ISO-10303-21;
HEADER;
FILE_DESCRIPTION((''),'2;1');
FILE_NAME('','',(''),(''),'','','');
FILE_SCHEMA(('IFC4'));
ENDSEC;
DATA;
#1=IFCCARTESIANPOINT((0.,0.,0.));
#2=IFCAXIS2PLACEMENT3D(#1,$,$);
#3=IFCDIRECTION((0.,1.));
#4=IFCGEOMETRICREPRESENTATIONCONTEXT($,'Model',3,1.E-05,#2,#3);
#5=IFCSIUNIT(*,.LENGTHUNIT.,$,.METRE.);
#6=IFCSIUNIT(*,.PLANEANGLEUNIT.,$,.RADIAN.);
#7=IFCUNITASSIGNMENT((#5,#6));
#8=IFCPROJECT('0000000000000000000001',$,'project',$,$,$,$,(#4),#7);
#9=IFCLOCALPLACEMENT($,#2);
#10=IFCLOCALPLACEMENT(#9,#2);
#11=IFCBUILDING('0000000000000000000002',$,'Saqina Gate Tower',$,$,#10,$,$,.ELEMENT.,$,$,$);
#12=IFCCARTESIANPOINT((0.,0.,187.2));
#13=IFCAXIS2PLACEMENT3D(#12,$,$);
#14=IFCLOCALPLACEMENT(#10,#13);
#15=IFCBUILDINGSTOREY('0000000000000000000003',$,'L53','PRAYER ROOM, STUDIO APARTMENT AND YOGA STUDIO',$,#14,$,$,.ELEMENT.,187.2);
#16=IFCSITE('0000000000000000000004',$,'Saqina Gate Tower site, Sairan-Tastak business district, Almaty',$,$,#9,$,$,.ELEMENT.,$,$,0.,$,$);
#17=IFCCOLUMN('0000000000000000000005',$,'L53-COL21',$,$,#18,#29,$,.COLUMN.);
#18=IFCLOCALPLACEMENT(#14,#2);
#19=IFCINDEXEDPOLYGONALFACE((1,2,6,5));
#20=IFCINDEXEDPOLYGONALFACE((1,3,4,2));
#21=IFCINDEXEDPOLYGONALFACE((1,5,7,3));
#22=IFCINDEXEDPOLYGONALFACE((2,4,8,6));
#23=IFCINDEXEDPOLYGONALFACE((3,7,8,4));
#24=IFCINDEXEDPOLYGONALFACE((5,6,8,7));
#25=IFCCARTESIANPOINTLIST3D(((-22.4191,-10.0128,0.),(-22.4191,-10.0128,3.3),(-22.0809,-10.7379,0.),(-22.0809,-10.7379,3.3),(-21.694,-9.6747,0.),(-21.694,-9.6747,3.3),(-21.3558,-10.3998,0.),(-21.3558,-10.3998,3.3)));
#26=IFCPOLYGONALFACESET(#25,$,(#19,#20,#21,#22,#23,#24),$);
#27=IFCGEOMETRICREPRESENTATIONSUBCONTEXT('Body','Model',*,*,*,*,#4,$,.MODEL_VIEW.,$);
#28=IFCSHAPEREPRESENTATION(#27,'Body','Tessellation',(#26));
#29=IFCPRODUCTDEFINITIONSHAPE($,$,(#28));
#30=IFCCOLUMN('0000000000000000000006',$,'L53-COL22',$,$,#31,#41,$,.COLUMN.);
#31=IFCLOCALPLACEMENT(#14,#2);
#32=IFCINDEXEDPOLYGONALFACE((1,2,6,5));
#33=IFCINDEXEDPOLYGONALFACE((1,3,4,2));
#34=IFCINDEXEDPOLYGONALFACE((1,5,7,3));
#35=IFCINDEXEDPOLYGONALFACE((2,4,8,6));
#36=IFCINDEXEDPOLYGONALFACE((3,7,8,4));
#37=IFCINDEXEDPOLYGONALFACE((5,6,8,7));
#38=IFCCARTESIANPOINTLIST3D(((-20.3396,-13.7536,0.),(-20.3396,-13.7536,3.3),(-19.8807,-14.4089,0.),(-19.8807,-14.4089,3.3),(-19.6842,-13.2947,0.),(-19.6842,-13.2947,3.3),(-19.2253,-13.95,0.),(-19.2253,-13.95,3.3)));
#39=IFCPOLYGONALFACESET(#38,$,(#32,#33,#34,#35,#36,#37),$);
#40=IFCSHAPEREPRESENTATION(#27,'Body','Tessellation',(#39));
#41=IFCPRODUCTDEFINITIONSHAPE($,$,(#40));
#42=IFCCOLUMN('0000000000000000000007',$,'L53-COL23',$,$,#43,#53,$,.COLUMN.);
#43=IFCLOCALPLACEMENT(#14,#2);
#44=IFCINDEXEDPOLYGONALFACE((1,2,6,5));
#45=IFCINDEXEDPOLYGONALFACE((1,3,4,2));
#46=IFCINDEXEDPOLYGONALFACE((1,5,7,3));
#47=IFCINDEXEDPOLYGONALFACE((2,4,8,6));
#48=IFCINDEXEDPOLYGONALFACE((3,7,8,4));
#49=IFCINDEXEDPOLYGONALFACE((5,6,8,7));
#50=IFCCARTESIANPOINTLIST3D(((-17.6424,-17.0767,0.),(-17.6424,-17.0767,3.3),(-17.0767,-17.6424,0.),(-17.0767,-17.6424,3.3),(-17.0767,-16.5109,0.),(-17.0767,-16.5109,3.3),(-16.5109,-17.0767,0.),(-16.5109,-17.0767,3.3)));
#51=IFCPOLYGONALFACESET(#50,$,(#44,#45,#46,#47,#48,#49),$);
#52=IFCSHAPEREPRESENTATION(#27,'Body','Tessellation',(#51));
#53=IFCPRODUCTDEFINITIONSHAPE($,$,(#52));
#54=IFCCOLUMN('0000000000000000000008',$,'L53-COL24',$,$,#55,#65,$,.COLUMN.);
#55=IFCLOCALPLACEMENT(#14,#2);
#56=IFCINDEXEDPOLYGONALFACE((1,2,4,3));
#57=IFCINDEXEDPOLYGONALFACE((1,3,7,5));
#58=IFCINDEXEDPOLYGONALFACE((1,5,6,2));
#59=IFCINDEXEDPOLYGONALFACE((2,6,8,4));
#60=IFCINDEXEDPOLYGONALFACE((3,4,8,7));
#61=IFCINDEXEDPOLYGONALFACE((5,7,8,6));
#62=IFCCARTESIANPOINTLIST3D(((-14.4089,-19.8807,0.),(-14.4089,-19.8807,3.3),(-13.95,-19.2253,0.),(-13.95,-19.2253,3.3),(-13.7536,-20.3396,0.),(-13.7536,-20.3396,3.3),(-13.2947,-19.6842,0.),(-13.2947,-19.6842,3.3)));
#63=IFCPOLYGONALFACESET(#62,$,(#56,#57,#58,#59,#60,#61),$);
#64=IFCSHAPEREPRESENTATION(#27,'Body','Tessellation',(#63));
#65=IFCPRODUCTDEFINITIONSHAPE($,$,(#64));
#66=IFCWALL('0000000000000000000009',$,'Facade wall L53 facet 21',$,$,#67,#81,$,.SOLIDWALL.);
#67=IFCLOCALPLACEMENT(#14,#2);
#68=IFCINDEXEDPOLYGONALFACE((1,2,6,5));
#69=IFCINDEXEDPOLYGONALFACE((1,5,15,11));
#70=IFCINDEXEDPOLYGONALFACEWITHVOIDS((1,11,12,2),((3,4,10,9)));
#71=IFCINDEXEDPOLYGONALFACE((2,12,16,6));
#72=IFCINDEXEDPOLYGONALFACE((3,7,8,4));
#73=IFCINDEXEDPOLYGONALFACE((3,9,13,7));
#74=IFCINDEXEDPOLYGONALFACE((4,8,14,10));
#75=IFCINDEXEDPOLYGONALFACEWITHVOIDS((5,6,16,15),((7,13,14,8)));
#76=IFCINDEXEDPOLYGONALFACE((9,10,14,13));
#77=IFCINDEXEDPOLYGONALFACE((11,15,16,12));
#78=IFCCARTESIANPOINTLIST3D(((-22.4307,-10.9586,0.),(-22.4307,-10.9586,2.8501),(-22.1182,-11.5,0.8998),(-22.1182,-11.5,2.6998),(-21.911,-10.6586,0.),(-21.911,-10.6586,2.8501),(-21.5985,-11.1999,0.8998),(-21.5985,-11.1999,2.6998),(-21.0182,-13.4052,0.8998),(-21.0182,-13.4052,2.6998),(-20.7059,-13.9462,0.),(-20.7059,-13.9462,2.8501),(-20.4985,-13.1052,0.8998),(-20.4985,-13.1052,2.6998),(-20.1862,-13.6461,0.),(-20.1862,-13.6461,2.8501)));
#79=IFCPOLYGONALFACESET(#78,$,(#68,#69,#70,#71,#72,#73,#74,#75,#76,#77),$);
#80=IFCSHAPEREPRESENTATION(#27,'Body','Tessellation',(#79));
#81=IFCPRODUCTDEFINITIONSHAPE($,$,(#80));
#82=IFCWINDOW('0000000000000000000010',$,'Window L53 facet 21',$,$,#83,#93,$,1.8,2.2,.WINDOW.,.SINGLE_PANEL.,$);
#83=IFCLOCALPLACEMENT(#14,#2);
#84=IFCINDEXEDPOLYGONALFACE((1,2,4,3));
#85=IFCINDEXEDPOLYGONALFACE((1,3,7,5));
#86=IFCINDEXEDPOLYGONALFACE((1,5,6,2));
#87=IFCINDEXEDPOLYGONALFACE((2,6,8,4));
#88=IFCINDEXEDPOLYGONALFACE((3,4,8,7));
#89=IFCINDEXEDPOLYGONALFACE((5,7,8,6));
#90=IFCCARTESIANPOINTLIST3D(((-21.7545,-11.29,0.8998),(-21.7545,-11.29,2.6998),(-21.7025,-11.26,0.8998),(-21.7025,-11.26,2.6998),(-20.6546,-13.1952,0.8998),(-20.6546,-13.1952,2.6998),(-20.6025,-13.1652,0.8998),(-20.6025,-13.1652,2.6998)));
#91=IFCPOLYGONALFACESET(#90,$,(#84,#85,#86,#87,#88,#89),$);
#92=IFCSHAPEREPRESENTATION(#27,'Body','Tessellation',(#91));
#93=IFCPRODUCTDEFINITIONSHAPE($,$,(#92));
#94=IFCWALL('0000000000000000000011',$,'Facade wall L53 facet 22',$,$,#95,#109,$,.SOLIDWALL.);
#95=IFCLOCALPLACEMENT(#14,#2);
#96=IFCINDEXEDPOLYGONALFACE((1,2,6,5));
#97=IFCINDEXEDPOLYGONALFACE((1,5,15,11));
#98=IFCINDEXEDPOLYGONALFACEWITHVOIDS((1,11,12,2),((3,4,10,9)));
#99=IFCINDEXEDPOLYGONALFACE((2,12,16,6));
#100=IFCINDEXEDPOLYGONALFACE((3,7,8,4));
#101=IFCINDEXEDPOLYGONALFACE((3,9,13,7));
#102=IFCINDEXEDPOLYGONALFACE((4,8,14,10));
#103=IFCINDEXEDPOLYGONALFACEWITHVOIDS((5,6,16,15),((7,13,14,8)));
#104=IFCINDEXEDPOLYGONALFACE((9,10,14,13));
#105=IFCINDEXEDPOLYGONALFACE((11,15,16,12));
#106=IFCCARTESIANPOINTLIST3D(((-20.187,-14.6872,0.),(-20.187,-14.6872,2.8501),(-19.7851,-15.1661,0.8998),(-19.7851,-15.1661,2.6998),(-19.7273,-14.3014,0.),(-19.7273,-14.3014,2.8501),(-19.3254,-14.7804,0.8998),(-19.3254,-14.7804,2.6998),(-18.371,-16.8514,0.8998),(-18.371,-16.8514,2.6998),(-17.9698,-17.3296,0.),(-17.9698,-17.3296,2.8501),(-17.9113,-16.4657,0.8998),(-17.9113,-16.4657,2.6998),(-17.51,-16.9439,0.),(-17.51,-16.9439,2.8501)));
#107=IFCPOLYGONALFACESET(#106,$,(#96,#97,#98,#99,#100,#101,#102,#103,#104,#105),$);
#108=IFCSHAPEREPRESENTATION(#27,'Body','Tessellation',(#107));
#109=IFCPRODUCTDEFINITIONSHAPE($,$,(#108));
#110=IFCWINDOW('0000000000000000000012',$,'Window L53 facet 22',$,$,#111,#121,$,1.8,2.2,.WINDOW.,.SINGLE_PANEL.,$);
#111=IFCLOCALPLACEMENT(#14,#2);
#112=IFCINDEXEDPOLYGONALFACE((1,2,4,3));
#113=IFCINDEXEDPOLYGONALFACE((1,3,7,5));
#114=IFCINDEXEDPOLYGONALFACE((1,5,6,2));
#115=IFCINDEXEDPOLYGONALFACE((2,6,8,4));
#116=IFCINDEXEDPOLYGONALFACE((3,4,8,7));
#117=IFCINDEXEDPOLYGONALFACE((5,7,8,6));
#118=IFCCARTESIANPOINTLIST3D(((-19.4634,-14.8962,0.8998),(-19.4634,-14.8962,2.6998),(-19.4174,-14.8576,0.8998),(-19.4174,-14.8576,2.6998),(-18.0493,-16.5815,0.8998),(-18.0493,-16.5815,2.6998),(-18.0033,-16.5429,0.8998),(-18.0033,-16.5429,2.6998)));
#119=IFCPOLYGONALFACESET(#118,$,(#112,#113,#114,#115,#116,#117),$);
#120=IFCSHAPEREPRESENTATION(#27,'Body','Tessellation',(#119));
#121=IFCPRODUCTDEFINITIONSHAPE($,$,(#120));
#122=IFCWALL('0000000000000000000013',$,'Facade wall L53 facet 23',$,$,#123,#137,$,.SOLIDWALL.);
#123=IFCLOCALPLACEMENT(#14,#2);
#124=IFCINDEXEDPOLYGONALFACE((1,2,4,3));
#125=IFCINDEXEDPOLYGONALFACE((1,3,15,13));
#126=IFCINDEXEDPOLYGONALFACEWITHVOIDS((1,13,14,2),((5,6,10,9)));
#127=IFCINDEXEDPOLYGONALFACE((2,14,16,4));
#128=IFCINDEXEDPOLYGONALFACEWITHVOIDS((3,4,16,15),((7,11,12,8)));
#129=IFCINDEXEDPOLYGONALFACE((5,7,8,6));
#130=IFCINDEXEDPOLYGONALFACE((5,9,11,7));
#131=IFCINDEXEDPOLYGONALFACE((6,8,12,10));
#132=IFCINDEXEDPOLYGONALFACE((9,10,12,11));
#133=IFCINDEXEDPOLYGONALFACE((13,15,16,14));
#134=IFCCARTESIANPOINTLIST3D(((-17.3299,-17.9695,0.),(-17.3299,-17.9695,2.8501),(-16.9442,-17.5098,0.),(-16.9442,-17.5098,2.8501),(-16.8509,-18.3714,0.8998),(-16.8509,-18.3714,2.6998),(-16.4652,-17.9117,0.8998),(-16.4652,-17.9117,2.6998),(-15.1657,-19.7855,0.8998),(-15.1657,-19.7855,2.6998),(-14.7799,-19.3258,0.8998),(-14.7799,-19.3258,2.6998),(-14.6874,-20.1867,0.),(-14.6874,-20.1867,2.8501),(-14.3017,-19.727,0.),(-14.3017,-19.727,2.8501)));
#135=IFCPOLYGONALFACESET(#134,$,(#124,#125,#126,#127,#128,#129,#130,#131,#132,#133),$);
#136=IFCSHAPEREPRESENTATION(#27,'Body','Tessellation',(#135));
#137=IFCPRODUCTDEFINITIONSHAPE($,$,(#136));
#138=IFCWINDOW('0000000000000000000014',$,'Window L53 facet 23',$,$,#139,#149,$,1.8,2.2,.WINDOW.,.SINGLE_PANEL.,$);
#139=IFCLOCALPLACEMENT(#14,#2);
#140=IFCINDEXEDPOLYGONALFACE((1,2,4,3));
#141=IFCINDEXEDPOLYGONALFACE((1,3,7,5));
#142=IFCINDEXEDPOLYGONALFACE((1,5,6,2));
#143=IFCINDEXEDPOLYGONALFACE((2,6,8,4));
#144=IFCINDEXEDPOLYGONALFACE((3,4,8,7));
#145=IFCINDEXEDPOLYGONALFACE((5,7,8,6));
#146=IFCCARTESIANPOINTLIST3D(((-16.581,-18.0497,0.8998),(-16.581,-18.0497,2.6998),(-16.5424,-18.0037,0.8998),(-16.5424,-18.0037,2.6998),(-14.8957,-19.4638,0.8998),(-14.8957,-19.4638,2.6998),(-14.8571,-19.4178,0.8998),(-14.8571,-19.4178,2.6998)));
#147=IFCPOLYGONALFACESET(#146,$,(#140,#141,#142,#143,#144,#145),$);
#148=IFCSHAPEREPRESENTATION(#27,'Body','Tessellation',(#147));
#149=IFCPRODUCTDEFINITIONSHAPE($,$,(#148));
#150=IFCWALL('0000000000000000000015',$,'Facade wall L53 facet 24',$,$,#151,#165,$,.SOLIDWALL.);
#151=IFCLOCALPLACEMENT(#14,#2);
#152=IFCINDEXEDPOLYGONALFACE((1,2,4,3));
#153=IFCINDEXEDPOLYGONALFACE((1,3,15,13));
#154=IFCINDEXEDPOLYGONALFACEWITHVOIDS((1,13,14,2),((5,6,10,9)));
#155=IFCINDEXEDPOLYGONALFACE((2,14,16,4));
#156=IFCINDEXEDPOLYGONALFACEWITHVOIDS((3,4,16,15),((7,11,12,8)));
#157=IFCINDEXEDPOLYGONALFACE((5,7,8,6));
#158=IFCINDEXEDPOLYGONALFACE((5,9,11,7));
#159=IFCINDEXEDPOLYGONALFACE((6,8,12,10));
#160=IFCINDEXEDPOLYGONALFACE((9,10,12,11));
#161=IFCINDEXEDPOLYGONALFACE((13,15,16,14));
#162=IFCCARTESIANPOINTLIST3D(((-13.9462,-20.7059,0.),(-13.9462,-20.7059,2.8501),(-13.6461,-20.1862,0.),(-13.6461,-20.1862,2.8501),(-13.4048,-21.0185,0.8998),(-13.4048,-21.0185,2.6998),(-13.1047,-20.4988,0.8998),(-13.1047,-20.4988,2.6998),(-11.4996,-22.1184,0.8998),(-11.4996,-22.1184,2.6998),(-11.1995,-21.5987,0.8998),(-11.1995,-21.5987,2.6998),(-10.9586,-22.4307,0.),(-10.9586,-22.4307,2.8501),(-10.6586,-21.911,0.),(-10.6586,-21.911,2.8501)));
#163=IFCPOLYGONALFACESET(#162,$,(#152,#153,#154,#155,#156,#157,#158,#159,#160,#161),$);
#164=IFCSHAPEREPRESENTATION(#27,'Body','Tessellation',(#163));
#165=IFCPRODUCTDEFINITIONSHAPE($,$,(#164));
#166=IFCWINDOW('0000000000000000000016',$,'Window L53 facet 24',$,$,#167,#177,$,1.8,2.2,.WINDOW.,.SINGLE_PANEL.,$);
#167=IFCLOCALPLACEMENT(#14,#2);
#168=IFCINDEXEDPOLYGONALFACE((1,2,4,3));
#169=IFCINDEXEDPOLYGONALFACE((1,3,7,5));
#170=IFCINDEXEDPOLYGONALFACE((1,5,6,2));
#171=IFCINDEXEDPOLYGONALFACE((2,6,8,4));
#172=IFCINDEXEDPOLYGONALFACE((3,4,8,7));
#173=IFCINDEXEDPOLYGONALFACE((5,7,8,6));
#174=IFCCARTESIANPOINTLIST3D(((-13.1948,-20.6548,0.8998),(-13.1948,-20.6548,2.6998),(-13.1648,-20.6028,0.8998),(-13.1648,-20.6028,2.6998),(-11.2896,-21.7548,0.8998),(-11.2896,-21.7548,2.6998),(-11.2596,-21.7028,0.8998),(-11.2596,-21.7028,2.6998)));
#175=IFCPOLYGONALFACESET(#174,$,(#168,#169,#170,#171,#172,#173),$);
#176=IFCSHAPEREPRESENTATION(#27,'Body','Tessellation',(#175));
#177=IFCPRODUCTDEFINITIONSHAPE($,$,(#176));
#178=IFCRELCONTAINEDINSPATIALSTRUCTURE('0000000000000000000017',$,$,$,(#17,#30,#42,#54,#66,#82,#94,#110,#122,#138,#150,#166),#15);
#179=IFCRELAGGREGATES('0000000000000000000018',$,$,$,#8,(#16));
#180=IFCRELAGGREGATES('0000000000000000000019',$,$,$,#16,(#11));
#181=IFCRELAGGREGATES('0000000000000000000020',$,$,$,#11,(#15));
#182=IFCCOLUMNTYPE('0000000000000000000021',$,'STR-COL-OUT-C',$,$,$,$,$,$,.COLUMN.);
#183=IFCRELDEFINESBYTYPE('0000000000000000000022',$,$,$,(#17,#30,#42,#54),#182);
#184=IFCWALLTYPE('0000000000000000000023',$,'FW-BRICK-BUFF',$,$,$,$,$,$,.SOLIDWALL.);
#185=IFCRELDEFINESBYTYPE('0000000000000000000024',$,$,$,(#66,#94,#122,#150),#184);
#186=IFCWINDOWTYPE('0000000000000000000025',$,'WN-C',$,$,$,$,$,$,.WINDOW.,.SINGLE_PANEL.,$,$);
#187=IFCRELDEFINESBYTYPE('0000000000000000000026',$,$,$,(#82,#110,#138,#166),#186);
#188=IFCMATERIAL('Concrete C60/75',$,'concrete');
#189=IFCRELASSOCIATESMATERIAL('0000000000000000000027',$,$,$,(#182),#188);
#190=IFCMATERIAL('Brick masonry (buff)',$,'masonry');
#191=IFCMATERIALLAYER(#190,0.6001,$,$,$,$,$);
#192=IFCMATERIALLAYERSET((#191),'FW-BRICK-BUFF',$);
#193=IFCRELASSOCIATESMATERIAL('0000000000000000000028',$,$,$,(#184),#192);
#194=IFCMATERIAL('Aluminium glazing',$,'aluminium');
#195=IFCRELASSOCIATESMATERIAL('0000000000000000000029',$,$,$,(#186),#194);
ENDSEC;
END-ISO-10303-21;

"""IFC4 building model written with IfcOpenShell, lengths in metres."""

from ifc_helpers import new_model, si_unit, direction, frame, frame_2d, origin, origin_2d, place, context, subcontext, project, spatial, rectangle, extrude, material, layer, layer_set, material_profile, profile_set, type_object, element, fill, save


model = new_model("IFC4")

# Units and contexts
model_context = context("Model", 3, precision=1e-05, world=origin(), true_north=direction((0.0, 1.0)))
body_context = subcontext(model_context, "Body", "Model", "MODEL_VIEW")
ifc_project = project(units=[si_unit("LENGTHUNIT", "METRE"), si_unit("PLANEANGLEUNIT", "RADIAN")], contexts=[model_context])

# Site, building, storey
site_placement = place(None, origin())
site = spatial("IfcSite", under=ifc_project, at=site_placement, Name="Saqina Gate Tower site, Sairan-Tastak business district, Almaty", CompositionType="ELEMENT", RefElevation=0.0)
building_placement = place(site_placement, origin())
building = spatial("IfcBuilding", under=site, at=building_placement, Name="Saqina Gate Tower", CompositionType="ELEMENT")
storey_placement = place(building_placement, frame((0.0, 0.0, 187.2)))
storey = spatial("IfcBuildingStorey", under=building, at=storey_placement, Name="L53", Description="PRAYER ROOM, STUDIO APARTMENT AND YOGA STUDIO", CompositionType="ELEMENT", Elevation=187.2)

# Columns
ifc_material_1 = material(Name="Concrete C60/75", Category="concrete")
ifc_material_profile = material_profile(ifc_material_1, rectangle(XDim=0.8, YDim=0.8, at=origin_2d()), Name="RC 800x800")
ifc_profile_set = profile_set([ifc_material_profile], Name="Concrete C60/75")
column_type = type_object("IfcColumnType", Name="STR-COL-OUT-C", PredefinedType="COLUMN", material=ifc_profile_set)
for number, where, z_axis, x_axis, name in (
    (1, (-21.8875, -10.2063, 0.0), (0.0, 0.0, 1.0), (-0.906308, -0.422618, 0.0), "L53-COL21"),
    (2, (-19.7825, -13.8518, 0.0), (0.0, 0.0, 1.0), (-0.819152, -0.573576, 0.0), "L53-COL22"),
    (3, (-17.0767, -17.0767, 0.0), (0.0, 0.0, 1.0), (-0.707107, -0.707107, 0.0), "L53-COL23"),
    (4, (-13.8518, -19.7825, 0.0), (0.0, 0.0, 1.0), (-0.573576, -0.819152, 0.0), "L53-COL24"),
):
    element("IfcColumn", number, at=place(storey_placement, frame(where, z_axis=z_axis, x_axis=x_axis)), inside=storey, type_object=column_type, Name=name, PredefinedType="COLUMN", context=body_context, shape_type="SweptSolid", body=[
        extrude(rectangle(XDim=0.8, YDim=0.8, at=origin_2d()), origin(), (0.0, 0.0, 1.0), 3.3),
    ])

# Walls, openings, windows
ifc_material_2 = material(Name="Brick masonry (buff)", Category="masonry")
ifc_layer_1 = layer(ifc_material_2, 0.6001)
ifc_layer_set_1 = layer_set([ifc_layer_1], Name="FW-BRICK-BUFF")
wall_type_1 = type_object("IfcWallType", Name="FW-BRICK-BUFF", PredefinedType="SOLIDWALL", material=ifc_layer_set_1)
wall_1_placement = place(storey_placement, frame((-22.1709, -10.8086, 0.0), z_axis=(0.0, 0.0, 1.0), x_axis=(0.499998, -0.866026, 0.0)))
wall_1 = element("IfcWall", 5, at=wall_1_placement, inside=storey, type_object=wall_type_1, Name="Facade wall L53 facet 21", PredefinedType="SOLIDWALL", context=body_context, shape_type="SweptSolid", body=[
    extrude(rectangle(XDim=3.4497, YDim=0.6001, at=frame_2d((1.7249, 0.0))), origin(), (0.0, 0.0, 1.0), 2.8501),
])
opening_1_placement = place(wall_1_placement, frame((0.625, 0.0, 0.8999)))
opening_1 = element("IfcOpeningElement", 6, at=opening_1_placement, cuts=wall_1, PredefinedType="OPENING", context=body_context, shape_type="SweptSolid", body=[
    extrude(rectangle(XDim=2.2, YDim=1.8, at=frame_2d((1.1001, 0.8999))), frame((0.0, 0.312, 0.0), z_axis=(0.0, -1.0, 0.0), x_axis=(1.0, 0.0, 0.0)), (0.0, 0.0, 1.0), 0.624),
])
ifc_material_3 = material(Name="Aluminium glazing", Category="aluminium")
window_type = type_object("IfcWindowType", Name="WN-C", PartitioningType="SINGLE_PANEL", PredefinedType="WINDOW", material=ifc_material_3)
window_1_placement = place(opening_1_placement, origin())
window_1 = element("IfcWindow", 7, at=window_1_placement, inside=storey, type_object=window_type, Name="Window L53 facet 21", OverallHeight=1.8, OverallWidth=2.2, PartitioningType="SINGLE_PANEL", PredefinedType="WINDOW", context=body_context, shape_type="SweptSolid", body=[
    extrude(rectangle(XDim=2.2, YDim=1.8, at=frame_2d((1.1001, 0.8999))), frame((0.0, 0.1799, 0.0), z_axis=(0.0, -1.0, 0.0), x_axis=(1.0, 0.0, 0.0)), (0.0, 0.0, 1.0), 0.0601),
])
fill(opening_1, window_1)
wall_2_placement = place(storey_placement, frame((-19.957, -14.4944, 0.0), z_axis=(0.0, 0.0, 1.0), x_axis=(0.64277, -0.766059, 0.0)))
wall_2 = element("IfcWall", 8, at=wall_2_placement, inside=storey, type_object=wall_type_1, Name="Facade wall L53 facet 22", PredefinedType="SOLIDWALL", context=body_context, shape_type="SweptSolid", body=[
    extrude(rectangle(XDim=3.4495, YDim=0.6001, at=frame_2d((1.7246, 0.0))), origin(), (0.0, 0.0, 1.0), 2.8501),
])
opening_2_placement = place(wall_2_placement, frame((0.625, 0.0, 0.8999)))
opening_2 = element("IfcOpeningElement", 9, at=opening_2_placement, cuts=wall_2, PredefinedType="OPENING", context=body_context, shape_type="SweptSolid", body=[
    extrude(rectangle(XDim=2.2, YDim=1.8, at=frame_2d((1.1001, 0.8999))), frame((0.0, 0.312, 0.0), z_axis=(0.0, -1.0, 0.0), x_axis=(1.0, 0.0, 0.0)), (0.0, 0.0, 1.0), 0.624),
])
window_2_placement = place(opening_2_placement, origin())
window_2 = element("IfcWindow", 10, at=window_2_placement, inside=storey, type_object=window_type, Name="Window L53 facet 22", OverallHeight=1.8, OverallWidth=2.2, PartitioningType="SINGLE_PANEL", PredefinedType="WINDOW", context=body_context, shape_type="SweptSolid", body=[
    extrude(rectangle(XDim=2.2, YDim=1.8, at=frame_2d((1.1001, 0.8999))), frame((0.0, 0.1799, 0.0), z_axis=(0.0, -1.0, 0.0), x_axis=(1.0, 0.0, 0.0)), (0.0, 0.0, 1.0), 0.0601),
])
fill(opening_2, window_2)
wall_3_placement = place(storey_placement, frame((-17.137, -17.7397, 0.0), z_axis=(0.0, 0.0, 1.0), x_axis=(0.766059, -0.64277, 0.0)))
wall_3 = element("IfcWall", 11, at=wall_3_placement, inside=storey, type_object=wall_type_1, Name="Facade wall L53 facet 23", PredefinedType="SOLIDWALL", context=body_context, shape_type="SweptSolid", body=[
    extrude(rectangle(XDim=3.4495, YDim=0.6001, at=frame_2d((1.7246, 0.0))), origin(), (0.0, 0.0, 1.0), 2.8501),
])
opening_3_placement = place(wall_3_placement, frame((0.625, 0.0, 0.8999)))
opening_3 = element("IfcOpeningElement", 12, at=opening_3_placement, cuts=wall_3, PredefinedType="OPENING", context=body_context, shape_type="SweptSolid", body=[
    extrude(rectangle(XDim=2.2, YDim=1.8, at=frame_2d((1.1001, 0.8999))), frame((0.0, 0.312, 0.0), z_axis=(0.0, -1.0, 0.0), x_axis=(1.0, 0.0, 0.0)), (0.0, 0.0, 1.0), 0.624),
])
window_3_placement = place(opening_3_placement, origin())
window_3 = element("IfcWindow", 13, at=window_3_placement, inside=storey, type_object=window_type, Name="Window L53 facet 23", OverallHeight=1.8, OverallWidth=2.2, PartitioningType="SINGLE_PANEL", PredefinedType="WINDOW", context=body_context, shape_type="SweptSolid", body=[
    extrude(rectangle(XDim=2.2, YDim=1.8, at=frame_2d((1.1001, 0.8999))), frame((0.0, 0.1799, 0.0), z_axis=(0.0, -1.0, 0.0), x_axis=(1.0, 0.0, 0.0)), (0.0, 0.0, 1.0), 0.0601),
])
fill(opening_3, window_3)
wall_4_placement = place(storey_placement, frame((-13.7961, -20.446, 0.0), z_axis=(0.0, 0.0, 1.0), x_axis=(0.866026, -0.499998, 0.0)))
wall_4 = element("IfcWall", 14, at=wall_4_placement, inside=storey, type_object=wall_type_1, Name="Facade wall L53 facet 24", PredefinedType="SOLIDWALL", context=body_context, shape_type="SweptSolid", body=[
    extrude(rectangle(XDim=3.4497, YDim=0.6001, at=frame_2d((1.7249, 0.0))), origin(), (0.0, 0.0, 1.0), 2.8501),
])
opening_4_placement = place(wall_4_placement, frame((0.625, 0.0, 0.8999)))
opening_4 = element("IfcOpeningElement", 15, at=opening_4_placement, cuts=wall_4, PredefinedType="OPENING", context=body_context, shape_type="SweptSolid", body=[
    extrude(rectangle(XDim=2.2, YDim=1.8, at=frame_2d((1.1001, 0.8999))), frame((0.0, 0.312, 0.0), z_axis=(0.0, -1.0, 0.0), x_axis=(1.0, 0.0, 0.0)), (0.0, 0.0, 1.0), 0.624),
])
window_4_placement = place(opening_4_placement, origin())
window_4 = element("IfcWindow", 16, at=window_4_placement, inside=storey, type_object=window_type, Name="Window L53 facet 24", OverallHeight=1.8, OverallWidth=2.2, PartitioningType="SINGLE_PANEL", PredefinedType="WINDOW", context=body_context, shape_type="SweptSolid", body=[
    extrude(rectangle(XDim=2.2, YDim=1.8, at=frame_2d((1.1001, 0.8999))), frame((0.0, 0.1799, 0.0), z_axis=(0.0, -1.0, 0.0), x_axis=(1.0, 0.0, 0.0)), (0.0, 0.0, 1.0), 0.0601),
])
fill(opening_4, window_4)

save(model, "model.ifc")
